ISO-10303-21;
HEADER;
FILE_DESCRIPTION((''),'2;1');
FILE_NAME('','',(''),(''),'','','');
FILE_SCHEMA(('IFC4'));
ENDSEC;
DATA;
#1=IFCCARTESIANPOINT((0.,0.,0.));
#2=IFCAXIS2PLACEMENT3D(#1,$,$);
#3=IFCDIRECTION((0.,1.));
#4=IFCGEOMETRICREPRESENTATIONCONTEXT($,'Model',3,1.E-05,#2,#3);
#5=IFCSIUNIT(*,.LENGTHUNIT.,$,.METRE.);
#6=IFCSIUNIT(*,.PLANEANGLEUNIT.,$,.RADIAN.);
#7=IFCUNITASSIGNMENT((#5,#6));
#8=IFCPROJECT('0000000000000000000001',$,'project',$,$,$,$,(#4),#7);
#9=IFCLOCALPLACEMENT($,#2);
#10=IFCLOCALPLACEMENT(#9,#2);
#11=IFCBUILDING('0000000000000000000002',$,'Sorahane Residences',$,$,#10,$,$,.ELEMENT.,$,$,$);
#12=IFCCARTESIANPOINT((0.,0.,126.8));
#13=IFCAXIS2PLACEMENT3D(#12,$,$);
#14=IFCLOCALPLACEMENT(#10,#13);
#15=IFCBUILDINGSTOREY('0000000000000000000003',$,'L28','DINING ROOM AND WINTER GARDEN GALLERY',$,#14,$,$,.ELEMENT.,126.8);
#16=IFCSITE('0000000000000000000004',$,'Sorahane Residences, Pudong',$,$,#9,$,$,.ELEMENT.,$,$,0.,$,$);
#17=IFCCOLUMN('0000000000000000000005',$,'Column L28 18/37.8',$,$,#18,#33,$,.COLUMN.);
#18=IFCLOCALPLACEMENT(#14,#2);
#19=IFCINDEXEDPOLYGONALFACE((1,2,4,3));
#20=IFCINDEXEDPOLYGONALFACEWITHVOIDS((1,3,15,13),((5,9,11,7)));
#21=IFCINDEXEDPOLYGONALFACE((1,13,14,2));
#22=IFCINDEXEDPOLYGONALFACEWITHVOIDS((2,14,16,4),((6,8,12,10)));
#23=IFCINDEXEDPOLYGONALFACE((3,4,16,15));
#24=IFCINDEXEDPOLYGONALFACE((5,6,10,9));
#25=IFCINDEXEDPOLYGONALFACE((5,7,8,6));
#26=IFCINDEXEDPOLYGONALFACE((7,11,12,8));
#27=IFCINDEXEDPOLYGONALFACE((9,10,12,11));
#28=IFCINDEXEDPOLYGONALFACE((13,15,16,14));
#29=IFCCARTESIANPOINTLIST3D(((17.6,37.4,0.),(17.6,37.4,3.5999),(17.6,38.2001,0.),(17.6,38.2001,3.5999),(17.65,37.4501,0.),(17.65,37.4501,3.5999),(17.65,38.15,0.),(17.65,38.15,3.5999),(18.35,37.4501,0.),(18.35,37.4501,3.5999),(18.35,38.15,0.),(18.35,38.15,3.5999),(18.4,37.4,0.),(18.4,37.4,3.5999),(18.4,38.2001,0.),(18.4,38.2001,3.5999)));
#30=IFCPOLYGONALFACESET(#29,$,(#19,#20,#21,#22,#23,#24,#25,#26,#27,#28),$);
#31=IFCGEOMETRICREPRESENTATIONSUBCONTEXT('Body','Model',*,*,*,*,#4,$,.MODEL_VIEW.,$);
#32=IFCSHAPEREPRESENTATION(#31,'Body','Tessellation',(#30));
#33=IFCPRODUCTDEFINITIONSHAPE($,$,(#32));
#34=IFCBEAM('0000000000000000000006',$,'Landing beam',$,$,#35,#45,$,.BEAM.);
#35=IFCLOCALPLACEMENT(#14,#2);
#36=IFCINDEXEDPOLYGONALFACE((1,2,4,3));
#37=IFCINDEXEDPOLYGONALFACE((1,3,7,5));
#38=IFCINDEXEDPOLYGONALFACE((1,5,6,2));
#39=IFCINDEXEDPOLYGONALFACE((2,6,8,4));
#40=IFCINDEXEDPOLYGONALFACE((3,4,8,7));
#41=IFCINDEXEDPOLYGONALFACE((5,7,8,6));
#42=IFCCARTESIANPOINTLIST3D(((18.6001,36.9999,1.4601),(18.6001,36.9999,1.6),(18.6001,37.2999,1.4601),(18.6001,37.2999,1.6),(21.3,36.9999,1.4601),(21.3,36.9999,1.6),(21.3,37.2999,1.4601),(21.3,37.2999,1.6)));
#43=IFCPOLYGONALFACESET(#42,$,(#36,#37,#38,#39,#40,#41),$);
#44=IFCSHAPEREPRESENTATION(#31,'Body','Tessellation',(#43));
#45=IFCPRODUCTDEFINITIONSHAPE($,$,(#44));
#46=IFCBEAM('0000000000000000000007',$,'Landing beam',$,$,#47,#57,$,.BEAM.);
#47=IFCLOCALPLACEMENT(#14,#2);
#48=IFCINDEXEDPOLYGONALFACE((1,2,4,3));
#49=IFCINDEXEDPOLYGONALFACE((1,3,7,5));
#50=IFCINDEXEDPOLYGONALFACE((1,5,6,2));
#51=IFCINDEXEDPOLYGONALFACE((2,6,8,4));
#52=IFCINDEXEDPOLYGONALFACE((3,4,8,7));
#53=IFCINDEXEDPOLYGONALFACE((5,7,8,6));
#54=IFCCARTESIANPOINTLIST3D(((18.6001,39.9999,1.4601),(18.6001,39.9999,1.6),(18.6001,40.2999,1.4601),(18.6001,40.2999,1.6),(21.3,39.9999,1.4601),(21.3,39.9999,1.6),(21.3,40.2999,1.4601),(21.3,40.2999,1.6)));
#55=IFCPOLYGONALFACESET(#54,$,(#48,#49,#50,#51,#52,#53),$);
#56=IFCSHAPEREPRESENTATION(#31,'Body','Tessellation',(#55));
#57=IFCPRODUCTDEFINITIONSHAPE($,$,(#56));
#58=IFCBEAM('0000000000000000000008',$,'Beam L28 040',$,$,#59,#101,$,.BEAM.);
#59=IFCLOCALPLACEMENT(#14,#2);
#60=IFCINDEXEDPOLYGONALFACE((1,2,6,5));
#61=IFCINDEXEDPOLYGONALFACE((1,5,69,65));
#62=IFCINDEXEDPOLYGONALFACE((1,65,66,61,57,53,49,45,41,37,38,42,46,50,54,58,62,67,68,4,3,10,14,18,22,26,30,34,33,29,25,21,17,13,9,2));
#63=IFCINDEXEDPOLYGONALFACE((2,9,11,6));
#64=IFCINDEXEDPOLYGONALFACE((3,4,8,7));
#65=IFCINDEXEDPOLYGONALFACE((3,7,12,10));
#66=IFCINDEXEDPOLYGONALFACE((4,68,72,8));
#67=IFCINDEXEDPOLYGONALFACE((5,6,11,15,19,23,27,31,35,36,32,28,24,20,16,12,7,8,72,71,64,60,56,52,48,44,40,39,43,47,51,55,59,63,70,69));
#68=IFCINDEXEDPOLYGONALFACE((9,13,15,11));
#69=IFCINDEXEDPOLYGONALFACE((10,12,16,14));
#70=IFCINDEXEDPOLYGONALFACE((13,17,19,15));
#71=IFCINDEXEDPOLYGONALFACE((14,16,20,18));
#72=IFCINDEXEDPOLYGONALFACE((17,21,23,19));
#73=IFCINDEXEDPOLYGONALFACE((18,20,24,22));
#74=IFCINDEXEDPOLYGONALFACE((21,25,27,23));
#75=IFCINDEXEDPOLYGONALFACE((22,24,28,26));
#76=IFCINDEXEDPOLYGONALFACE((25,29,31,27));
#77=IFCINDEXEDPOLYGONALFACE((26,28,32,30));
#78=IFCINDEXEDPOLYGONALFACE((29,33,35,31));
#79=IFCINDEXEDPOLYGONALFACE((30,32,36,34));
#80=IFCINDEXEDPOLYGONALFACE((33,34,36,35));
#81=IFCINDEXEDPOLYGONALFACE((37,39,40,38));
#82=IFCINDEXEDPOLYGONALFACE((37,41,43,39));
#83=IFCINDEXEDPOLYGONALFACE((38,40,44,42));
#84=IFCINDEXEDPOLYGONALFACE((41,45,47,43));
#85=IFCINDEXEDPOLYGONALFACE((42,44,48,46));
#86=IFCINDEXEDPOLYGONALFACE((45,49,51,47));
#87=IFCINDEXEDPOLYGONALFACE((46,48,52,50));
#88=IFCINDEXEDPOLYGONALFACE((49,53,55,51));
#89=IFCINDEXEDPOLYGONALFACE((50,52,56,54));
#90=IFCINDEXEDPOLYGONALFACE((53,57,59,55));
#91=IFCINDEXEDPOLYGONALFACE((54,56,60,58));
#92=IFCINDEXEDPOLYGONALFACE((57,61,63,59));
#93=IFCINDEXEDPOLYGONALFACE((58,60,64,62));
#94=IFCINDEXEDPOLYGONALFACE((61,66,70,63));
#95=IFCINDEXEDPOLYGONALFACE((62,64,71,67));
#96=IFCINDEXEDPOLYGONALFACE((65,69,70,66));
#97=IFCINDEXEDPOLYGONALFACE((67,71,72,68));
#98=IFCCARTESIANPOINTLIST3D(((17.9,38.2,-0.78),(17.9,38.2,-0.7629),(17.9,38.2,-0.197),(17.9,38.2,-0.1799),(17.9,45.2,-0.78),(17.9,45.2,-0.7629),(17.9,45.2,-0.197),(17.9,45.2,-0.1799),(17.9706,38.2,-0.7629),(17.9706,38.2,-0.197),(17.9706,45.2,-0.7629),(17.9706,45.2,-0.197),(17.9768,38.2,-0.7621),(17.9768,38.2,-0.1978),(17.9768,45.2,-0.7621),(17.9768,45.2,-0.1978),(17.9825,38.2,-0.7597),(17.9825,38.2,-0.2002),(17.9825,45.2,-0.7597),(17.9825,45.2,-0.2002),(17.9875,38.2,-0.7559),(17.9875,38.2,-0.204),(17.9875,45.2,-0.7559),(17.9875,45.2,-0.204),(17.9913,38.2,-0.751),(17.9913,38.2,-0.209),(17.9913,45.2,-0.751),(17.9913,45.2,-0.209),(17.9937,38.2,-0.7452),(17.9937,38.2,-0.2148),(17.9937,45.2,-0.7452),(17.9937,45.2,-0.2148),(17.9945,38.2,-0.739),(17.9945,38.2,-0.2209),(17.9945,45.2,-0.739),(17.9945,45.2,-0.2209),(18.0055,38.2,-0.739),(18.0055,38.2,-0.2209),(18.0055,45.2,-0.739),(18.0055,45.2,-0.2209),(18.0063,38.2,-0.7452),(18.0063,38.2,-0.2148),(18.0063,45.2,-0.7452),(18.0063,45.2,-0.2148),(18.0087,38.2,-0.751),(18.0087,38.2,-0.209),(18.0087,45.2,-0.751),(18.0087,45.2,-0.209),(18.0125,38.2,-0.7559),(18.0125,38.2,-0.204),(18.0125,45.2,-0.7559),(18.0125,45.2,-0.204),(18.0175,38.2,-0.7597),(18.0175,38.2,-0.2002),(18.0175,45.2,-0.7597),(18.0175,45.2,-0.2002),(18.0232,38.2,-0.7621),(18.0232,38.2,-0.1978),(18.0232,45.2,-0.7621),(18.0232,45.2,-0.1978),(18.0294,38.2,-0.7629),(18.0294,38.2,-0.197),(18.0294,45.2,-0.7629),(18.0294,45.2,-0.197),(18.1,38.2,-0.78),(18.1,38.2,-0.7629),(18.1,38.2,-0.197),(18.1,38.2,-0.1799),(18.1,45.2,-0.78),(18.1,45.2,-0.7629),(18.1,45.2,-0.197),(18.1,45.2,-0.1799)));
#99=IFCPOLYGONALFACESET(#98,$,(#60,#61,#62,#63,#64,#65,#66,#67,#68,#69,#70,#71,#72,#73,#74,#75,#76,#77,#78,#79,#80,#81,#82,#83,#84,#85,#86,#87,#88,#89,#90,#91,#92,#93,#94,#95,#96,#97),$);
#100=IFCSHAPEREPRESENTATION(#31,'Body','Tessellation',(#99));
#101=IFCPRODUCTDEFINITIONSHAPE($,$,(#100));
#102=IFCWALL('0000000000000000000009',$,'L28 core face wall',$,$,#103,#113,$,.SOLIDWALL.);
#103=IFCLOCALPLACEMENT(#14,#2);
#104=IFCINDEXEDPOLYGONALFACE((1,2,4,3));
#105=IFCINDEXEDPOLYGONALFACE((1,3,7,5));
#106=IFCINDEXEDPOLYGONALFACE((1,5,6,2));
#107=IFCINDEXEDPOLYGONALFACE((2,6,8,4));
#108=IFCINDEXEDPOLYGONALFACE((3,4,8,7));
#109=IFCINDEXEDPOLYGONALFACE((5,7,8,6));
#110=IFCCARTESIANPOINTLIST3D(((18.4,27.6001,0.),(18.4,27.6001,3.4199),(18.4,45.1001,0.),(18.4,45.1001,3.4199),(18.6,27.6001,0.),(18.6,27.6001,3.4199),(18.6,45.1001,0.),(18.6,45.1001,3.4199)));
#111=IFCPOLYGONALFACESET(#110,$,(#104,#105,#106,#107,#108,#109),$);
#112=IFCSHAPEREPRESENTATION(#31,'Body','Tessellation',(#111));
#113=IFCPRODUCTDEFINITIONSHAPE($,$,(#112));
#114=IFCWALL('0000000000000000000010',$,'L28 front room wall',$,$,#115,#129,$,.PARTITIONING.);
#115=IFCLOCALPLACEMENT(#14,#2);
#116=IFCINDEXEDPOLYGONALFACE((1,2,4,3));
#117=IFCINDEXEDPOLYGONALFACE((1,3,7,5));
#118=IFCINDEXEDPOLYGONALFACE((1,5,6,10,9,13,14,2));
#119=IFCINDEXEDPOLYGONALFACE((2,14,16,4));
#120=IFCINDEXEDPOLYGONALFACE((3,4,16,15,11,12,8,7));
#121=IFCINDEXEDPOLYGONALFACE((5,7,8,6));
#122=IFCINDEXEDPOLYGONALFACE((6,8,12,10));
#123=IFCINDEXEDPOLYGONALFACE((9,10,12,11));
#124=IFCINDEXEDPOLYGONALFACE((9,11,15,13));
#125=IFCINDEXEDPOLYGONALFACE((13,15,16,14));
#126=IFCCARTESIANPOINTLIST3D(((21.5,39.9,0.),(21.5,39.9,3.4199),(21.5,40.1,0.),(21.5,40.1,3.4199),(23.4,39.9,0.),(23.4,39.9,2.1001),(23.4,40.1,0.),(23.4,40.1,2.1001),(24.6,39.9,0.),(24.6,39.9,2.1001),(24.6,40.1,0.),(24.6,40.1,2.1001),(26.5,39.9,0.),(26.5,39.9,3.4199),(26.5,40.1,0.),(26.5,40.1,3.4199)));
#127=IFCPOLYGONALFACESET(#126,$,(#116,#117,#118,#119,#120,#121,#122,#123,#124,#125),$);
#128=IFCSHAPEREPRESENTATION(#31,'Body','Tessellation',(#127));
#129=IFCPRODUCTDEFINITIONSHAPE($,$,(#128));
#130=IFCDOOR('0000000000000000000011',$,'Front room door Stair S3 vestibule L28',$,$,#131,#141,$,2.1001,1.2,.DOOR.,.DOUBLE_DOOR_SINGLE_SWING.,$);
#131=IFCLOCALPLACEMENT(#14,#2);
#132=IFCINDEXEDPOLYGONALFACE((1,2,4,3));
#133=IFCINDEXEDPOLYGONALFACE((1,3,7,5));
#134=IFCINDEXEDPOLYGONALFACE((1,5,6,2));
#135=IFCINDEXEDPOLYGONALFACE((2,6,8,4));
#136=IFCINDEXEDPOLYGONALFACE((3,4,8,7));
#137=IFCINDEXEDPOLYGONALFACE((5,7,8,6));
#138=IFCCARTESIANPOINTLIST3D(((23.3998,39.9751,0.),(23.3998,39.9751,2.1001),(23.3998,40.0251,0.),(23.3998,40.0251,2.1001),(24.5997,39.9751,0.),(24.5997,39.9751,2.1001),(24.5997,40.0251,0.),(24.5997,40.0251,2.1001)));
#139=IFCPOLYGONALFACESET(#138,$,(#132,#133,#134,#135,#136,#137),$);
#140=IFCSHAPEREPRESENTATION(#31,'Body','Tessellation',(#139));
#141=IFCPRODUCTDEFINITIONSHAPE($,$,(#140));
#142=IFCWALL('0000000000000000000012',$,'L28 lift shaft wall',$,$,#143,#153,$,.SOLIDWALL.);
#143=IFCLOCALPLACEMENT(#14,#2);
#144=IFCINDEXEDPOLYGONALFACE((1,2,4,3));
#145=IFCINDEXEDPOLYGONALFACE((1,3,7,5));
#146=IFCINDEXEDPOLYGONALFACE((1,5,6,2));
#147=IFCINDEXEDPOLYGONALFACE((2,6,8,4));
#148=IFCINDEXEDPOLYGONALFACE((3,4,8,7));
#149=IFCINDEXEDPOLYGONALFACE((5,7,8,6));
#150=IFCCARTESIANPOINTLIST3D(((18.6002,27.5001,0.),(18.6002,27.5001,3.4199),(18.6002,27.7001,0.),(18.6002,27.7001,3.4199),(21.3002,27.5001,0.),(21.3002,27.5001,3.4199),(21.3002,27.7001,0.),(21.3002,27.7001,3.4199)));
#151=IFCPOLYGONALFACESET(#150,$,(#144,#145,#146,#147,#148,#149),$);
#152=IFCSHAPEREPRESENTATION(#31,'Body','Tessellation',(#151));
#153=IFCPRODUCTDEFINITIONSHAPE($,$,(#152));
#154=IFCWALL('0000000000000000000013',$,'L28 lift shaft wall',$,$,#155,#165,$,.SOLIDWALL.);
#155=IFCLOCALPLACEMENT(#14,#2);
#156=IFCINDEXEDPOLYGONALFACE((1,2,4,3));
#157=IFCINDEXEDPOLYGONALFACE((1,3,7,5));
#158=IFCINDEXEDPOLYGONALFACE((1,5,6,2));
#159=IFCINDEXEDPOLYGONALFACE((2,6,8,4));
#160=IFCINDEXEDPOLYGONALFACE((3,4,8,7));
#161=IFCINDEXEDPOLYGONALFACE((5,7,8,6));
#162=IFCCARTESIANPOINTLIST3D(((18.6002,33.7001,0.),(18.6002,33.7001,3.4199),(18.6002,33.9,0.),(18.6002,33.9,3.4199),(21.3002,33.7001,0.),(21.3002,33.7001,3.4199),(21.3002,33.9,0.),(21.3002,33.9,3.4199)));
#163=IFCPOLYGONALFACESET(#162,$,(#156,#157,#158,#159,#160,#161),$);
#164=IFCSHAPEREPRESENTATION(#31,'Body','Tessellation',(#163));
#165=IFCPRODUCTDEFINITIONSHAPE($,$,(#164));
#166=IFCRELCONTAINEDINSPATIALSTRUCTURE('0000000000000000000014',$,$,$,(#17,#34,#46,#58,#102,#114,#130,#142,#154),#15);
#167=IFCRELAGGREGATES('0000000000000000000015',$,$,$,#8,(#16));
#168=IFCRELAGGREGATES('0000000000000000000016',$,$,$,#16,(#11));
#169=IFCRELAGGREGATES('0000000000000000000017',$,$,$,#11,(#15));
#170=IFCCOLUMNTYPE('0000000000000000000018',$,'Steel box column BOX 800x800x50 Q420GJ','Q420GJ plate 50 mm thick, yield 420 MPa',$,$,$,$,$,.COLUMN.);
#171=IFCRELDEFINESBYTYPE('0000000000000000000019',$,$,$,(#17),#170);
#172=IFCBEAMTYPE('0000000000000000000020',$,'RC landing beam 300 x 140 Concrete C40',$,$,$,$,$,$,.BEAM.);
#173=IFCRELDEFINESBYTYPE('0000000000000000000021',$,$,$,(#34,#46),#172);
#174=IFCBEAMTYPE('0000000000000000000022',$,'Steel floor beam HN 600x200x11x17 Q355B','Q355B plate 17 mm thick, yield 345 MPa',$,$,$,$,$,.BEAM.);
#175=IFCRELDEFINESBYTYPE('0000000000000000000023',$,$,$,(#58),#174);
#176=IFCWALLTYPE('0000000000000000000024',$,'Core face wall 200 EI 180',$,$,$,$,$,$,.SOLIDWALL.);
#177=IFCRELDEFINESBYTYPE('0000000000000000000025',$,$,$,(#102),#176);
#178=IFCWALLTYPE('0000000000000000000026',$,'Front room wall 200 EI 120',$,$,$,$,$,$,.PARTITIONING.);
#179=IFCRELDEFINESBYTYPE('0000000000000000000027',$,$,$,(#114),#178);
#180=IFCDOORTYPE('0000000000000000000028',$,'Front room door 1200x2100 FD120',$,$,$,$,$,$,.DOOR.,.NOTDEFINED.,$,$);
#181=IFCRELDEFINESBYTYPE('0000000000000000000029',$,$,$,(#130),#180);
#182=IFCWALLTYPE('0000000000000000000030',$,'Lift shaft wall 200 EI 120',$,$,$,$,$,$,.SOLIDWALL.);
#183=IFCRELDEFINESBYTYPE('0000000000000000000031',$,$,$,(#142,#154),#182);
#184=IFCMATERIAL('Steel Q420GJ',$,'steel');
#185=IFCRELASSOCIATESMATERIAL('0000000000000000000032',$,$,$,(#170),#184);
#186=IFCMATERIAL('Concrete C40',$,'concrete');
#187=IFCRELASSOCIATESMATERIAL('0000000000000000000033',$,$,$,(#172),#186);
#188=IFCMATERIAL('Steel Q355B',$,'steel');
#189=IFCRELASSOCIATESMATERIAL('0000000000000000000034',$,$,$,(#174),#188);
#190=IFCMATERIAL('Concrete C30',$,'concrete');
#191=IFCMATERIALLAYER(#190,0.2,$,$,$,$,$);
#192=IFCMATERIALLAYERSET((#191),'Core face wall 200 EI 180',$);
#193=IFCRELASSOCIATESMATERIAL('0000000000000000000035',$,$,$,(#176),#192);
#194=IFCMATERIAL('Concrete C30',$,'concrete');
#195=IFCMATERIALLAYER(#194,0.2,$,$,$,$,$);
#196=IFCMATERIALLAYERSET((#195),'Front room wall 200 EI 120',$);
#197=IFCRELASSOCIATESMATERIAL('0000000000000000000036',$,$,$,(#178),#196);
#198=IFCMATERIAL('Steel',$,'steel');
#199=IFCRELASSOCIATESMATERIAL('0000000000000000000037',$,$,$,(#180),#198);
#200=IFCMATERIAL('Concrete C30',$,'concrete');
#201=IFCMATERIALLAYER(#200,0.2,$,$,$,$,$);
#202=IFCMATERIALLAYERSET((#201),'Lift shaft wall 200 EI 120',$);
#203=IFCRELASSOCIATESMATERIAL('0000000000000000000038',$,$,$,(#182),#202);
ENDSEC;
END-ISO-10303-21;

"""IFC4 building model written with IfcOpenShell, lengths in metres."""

from ifc_helpers import new_model, si_unit, direction, frame, frame_2d, origin, origin_2d, place, context, subcontext, project, spatial, rectangle, hollow_rectangle, i_section, extrude, material, layer, layer_set, material_profile, profile_set, type_object, element, fill, save


model = new_model("IFC4")

# Units and contexts
model_context = context("Model", 3, precision=1e-05, world=origin(), true_north=direction((0.0, 1.0)))
body_context = subcontext(model_context, "Body", "Model", "MODEL_VIEW")
ifc_project = project(units=[si_unit("LENGTHUNIT", "METRE"), si_unit("PLANEANGLEUNIT", "RADIAN")], contexts=[model_context])

# Site, building, storey
site_placement = place(None, origin())
site = spatial("IfcSite", under=ifc_project, at=site_placement, Name="Sorahane Residences, Pudong", CompositionType="ELEMENT", RefElevation=0.0)
building_placement = place(site_placement, origin())
building = spatial("IfcBuilding", under=site, at=building_placement, Name="Sorahane Residences", CompositionType="ELEMENT")
storey_placement = place(building_placement, frame((0.0, 0.0, 126.8)))
storey = spatial("IfcBuildingStorey", under=building, at=storey_placement, Name="L28", Description="DINING ROOM AND WINTER GARDEN GALLERY", CompositionType="ELEMENT", Elevation=126.8)

# Column
ifc_material_1 = material(Name="Steel Q420GJ", Category="steel")
ifc_material_profile_1 = material_profile(ifc_material_1, hollow_rectangle(XDim=0.8, YDim=0.8, WallThickness=0.05, at=origin_2d()), Name="BOX 800x800x50")
ifc_profile_set_1 = profile_set([ifc_material_profile_1], Name="Steel Q420GJ")
column_type = type_object("IfcColumnType", Name="Steel box column BOX 800x800x50 Q420GJ", Description="Q420GJ plate 50 mm thick, yield 420 MPa", PredefinedType="COLUMN", material=ifc_profile_set_1)
column_placement = place(storey_placement, frame((18.0, 37.8, 0.0), z_axis=(0.0, 0.0, 1.0), x_axis=(1.0, 0.0, 0.0)))
element("IfcColumn", 1, at=column_placement, inside=storey, type_object=column_type, Name="Column L28 18/37.8", PredefinedType="COLUMN", context=body_context, shape_type="SweptSolid", body=[
    extrude(hollow_rectangle(XDim=0.8, YDim=0.8, WallThickness=0.05, at=origin_2d()), origin(), (0.0, 0.0, 1.0), 3.5999),
])

# Beams
ifc_material_2 = material(Name="Concrete C40", Category="concrete")
ifc_material_profile_2 = material_profile(ifc_material_2, rectangle(XDim=0.3, YDim=0.1399, at=origin_2d()), Name="300x140")
ifc_profile_set_2 = profile_set([ifc_material_profile_2], Name="Concrete C40")
beam_type_1 = type_object("IfcBeamType", Name="RC landing beam 300 x 140 Concrete C40", PredefinedType="BEAM", material=ifc_profile_set_2)
for number, where, z_axis, x_axis, name in (
    (2, (18.6001, 37.1499, 1.53), (1.0, 0.0, 0.0), (0.0, 1.0, 0.0), "Landing beam"),
    (3, (18.6001, 40.1499, 1.53), (1.0, 0.0, 0.0), (0.0, 1.0, 0.0), "Landing beam"),
):
    element("IfcBeam", number, at=place(storey_placement, frame(where, z_axis=z_axis, x_axis=x_axis)), inside=storey, type_object=beam_type_1, Name=name, PredefinedType="BEAM", context=body_context, shape_type="SweptSolid", body=[
        extrude(rectangle(XDim=0.3, YDim=0.1399, at=origin_2d()), origin(), (0.0, 0.0, 1.0), 2.7),
    ])
ifc_material_3 = material(Name="Steel Q355B", Category="steel")
ifc_material_profile_3 = material_profile(ifc_material_3, i_section(OverallWidth=0.2, OverallDepth=0.6001, WebThickness=0.011, FlangeThickness=0.0171, FilletRadius=0.0239, at=origin_2d()), Name="HN 600x200x11x17")
ifc_profile_set_3 = profile_set([ifc_material_profile_3], Name="Steel Q355B")
beam_type_2 = type_object("IfcBeamType", Name="Steel floor beam HN 600x200x11x17 Q355B", Description="Q355B plate 17 mm thick, yield 345 MPa", PredefinedType="BEAM", material=ifc_profile_set_3)
beam_placement = place(storey_placement, frame((18.0, 38.2, -0.48), z_axis=(0.0, 1.0, 0.0), x_axis=(-1.0, 0.0, 0.0)))
element("IfcBeam", 4, at=beam_placement, inside=storey, type_object=beam_type_2, Name="Beam L28 040", PredefinedType="BEAM", context=body_context, shape_type="SweptSolid", body=[
    extrude(i_section(OverallWidth=0.2, OverallDepth=0.6001, WebThickness=0.011, FlangeThickness=0.0171, FilletRadius=0.0239, at=origin_2d()), origin(), (0.0, 0.0, 1.0), 7.0),
])

# Wall
ifc_material_4 = material(Name="Concrete C30", Category="concrete")
ifc_layer_1 = layer(ifc_material_4, 0.2)
ifc_layer_set_1 = layer_set([ifc_layer_1], Name="Core face wall 200 EI 180")
wall_type_1 = type_object("IfcWallType", Name="Core face wall 200 EI 180", PredefinedType="SOLIDWALL", material=ifc_layer_set_1)
wall_1_placement = place(storey_placement, frame((18.5, 27.6001, 0.0), z_axis=(0.0, 0.0, 1.0), x_axis=(0.0, 1.0, 0.0)))
element("IfcWall", 5, at=wall_1_placement, inside=storey, type_object=wall_type_1, Name="L28 core face wall", PredefinedType="SOLIDWALL", context=body_context, shape_type="SweptSolid", body=[
    extrude(rectangle(XDim=17.5, YDim=0.2, at=frame_2d((8.75, 0.0))), origin(), (0.0, 0.0, 1.0), 3.4199),
])

# Wall, opening, door
ifc_material_5 = material(Name="Concrete C30", Category="concrete")
ifc_layer_2 = layer(ifc_material_5, 0.2)
ifc_layer_set_2 = layer_set([ifc_layer_2], Name="Front room wall 200 EI 120")
wall_type_2 = type_object("IfcWallType", Name="Front room wall 200 EI 120", PredefinedType="PARTITIONING", material=ifc_layer_set_2)
wall_2_placement = place(storey_placement, frame((21.5, 40.0, 0.0), z_axis=(0.0, 0.0, 1.0), x_axis=(1.0, 0.0, 0.0)))
wall_2 = element("IfcWall", 6, at=wall_2_placement, inside=storey, type_object=wall_type_2, Name="L28 front room wall", PredefinedType="PARTITIONING", context=body_context, shape_type="SweptSolid", body=[
    extrude(rectangle(XDim=5.0, YDim=0.2, at=frame_2d((2.5, 0.0))), origin(), (0.0, 0.0, 1.0), 3.4199),
])
opening_1_placement = place(wall_2_placement, frame((1.8999, 0.0, 0.0)))
opening_1 = element("IfcOpeningElement", 7, at=opening_1_placement, cuts=wall_2, PredefinedType="OPENING", context=body_context, shape_type="SweptSolid", body=[
    extrude(rectangle(XDim=1.2, YDim=2.1001, at=frame_2d((0.6001, 1.05))), frame((0.0, 0.1099, 0.0), z_axis=(0.0, -1.0, 0.0), x_axis=(1.0, 0.0, 0.0)), (0.0, 0.0, 1.0), 0.22),
])
ifc_material_6 = material(Name="Steel", Category="steel")
door_type_1 = type_object("IfcDoorType", Name="Front room door 1200x2100 FD120", OperationType="NOTDEFINED", PredefinedType="DOOR", material=ifc_material_6)
door_1_placement = place(opening_1_placement, frame((1.2, 0.0, 0.0), z_axis=(0.0, 0.0, 1.0), x_axis=(-1.0, 0.0, 0.0)))
door_1 = element("IfcDoor", 8, at=door_1_placement, inside=storey, type_object=door_type_1, Name="Front room door Stair S3 vestibule L28", OperationType="DOUBLE_DOOR_SINGLE_SWING", OverallHeight=2.1001, OverallWidth=1.2, PredefinedType="DOOR", context=body_context, shape_type="SweptSolid", body=[
    extrude(rectangle(XDim=1.2, YDim=2.1001, at=frame_2d((0.6001, 1.05))), frame((0.0, 0.0249, 0.0), z_axis=(0.0, -1.0, 0.0), x_axis=(1.0, 0.0, 0.0)), (0.0, 0.0, 1.0), 0.05),
])
fill(opening_1, door_1)

# Walls
ifc_material_7 = material(Name="Concrete C30", Category="concrete")
ifc_layer_3 = layer(ifc_material_7, 0.2)
ifc_layer_set_3 = layer_set([ifc_layer_3], Name="Lift shaft wall 200 EI 120")
wall_type_3 = type_object("IfcWallType", Name="Lift shaft wall 200 EI 120", PredefinedType="SOLIDWALL", material=ifc_layer_set_3)
for number, where, z_axis, x_axis, name in (
    (9, (18.6001, 27.6001, 0.0), (0.0, 0.0, 1.0), (1.0, 0.0, 0.0), "L28 lift shaft wall"),
    (10, (18.6001, 33.8, 0.0), (0.0, 0.0, 1.0), (1.0, 0.0, 0.0), "L28 lift shaft wall"),
):
    element("IfcWall", number, at=place(storey_placement, frame(where, z_axis=z_axis, x_axis=x_axis)), inside=storey, type_object=wall_type_3, Name=name, PredefinedType="SOLIDWALL", context=body_context, shape_type="SweptSolid", body=[
        extrude(rectangle(XDim=2.7, YDim=0.2, at=frame_2d((1.3501, 0.0))), origin(), (0.0, 0.0, 1.0), 3.4199),
    ])

save(model, "model.ifc")
